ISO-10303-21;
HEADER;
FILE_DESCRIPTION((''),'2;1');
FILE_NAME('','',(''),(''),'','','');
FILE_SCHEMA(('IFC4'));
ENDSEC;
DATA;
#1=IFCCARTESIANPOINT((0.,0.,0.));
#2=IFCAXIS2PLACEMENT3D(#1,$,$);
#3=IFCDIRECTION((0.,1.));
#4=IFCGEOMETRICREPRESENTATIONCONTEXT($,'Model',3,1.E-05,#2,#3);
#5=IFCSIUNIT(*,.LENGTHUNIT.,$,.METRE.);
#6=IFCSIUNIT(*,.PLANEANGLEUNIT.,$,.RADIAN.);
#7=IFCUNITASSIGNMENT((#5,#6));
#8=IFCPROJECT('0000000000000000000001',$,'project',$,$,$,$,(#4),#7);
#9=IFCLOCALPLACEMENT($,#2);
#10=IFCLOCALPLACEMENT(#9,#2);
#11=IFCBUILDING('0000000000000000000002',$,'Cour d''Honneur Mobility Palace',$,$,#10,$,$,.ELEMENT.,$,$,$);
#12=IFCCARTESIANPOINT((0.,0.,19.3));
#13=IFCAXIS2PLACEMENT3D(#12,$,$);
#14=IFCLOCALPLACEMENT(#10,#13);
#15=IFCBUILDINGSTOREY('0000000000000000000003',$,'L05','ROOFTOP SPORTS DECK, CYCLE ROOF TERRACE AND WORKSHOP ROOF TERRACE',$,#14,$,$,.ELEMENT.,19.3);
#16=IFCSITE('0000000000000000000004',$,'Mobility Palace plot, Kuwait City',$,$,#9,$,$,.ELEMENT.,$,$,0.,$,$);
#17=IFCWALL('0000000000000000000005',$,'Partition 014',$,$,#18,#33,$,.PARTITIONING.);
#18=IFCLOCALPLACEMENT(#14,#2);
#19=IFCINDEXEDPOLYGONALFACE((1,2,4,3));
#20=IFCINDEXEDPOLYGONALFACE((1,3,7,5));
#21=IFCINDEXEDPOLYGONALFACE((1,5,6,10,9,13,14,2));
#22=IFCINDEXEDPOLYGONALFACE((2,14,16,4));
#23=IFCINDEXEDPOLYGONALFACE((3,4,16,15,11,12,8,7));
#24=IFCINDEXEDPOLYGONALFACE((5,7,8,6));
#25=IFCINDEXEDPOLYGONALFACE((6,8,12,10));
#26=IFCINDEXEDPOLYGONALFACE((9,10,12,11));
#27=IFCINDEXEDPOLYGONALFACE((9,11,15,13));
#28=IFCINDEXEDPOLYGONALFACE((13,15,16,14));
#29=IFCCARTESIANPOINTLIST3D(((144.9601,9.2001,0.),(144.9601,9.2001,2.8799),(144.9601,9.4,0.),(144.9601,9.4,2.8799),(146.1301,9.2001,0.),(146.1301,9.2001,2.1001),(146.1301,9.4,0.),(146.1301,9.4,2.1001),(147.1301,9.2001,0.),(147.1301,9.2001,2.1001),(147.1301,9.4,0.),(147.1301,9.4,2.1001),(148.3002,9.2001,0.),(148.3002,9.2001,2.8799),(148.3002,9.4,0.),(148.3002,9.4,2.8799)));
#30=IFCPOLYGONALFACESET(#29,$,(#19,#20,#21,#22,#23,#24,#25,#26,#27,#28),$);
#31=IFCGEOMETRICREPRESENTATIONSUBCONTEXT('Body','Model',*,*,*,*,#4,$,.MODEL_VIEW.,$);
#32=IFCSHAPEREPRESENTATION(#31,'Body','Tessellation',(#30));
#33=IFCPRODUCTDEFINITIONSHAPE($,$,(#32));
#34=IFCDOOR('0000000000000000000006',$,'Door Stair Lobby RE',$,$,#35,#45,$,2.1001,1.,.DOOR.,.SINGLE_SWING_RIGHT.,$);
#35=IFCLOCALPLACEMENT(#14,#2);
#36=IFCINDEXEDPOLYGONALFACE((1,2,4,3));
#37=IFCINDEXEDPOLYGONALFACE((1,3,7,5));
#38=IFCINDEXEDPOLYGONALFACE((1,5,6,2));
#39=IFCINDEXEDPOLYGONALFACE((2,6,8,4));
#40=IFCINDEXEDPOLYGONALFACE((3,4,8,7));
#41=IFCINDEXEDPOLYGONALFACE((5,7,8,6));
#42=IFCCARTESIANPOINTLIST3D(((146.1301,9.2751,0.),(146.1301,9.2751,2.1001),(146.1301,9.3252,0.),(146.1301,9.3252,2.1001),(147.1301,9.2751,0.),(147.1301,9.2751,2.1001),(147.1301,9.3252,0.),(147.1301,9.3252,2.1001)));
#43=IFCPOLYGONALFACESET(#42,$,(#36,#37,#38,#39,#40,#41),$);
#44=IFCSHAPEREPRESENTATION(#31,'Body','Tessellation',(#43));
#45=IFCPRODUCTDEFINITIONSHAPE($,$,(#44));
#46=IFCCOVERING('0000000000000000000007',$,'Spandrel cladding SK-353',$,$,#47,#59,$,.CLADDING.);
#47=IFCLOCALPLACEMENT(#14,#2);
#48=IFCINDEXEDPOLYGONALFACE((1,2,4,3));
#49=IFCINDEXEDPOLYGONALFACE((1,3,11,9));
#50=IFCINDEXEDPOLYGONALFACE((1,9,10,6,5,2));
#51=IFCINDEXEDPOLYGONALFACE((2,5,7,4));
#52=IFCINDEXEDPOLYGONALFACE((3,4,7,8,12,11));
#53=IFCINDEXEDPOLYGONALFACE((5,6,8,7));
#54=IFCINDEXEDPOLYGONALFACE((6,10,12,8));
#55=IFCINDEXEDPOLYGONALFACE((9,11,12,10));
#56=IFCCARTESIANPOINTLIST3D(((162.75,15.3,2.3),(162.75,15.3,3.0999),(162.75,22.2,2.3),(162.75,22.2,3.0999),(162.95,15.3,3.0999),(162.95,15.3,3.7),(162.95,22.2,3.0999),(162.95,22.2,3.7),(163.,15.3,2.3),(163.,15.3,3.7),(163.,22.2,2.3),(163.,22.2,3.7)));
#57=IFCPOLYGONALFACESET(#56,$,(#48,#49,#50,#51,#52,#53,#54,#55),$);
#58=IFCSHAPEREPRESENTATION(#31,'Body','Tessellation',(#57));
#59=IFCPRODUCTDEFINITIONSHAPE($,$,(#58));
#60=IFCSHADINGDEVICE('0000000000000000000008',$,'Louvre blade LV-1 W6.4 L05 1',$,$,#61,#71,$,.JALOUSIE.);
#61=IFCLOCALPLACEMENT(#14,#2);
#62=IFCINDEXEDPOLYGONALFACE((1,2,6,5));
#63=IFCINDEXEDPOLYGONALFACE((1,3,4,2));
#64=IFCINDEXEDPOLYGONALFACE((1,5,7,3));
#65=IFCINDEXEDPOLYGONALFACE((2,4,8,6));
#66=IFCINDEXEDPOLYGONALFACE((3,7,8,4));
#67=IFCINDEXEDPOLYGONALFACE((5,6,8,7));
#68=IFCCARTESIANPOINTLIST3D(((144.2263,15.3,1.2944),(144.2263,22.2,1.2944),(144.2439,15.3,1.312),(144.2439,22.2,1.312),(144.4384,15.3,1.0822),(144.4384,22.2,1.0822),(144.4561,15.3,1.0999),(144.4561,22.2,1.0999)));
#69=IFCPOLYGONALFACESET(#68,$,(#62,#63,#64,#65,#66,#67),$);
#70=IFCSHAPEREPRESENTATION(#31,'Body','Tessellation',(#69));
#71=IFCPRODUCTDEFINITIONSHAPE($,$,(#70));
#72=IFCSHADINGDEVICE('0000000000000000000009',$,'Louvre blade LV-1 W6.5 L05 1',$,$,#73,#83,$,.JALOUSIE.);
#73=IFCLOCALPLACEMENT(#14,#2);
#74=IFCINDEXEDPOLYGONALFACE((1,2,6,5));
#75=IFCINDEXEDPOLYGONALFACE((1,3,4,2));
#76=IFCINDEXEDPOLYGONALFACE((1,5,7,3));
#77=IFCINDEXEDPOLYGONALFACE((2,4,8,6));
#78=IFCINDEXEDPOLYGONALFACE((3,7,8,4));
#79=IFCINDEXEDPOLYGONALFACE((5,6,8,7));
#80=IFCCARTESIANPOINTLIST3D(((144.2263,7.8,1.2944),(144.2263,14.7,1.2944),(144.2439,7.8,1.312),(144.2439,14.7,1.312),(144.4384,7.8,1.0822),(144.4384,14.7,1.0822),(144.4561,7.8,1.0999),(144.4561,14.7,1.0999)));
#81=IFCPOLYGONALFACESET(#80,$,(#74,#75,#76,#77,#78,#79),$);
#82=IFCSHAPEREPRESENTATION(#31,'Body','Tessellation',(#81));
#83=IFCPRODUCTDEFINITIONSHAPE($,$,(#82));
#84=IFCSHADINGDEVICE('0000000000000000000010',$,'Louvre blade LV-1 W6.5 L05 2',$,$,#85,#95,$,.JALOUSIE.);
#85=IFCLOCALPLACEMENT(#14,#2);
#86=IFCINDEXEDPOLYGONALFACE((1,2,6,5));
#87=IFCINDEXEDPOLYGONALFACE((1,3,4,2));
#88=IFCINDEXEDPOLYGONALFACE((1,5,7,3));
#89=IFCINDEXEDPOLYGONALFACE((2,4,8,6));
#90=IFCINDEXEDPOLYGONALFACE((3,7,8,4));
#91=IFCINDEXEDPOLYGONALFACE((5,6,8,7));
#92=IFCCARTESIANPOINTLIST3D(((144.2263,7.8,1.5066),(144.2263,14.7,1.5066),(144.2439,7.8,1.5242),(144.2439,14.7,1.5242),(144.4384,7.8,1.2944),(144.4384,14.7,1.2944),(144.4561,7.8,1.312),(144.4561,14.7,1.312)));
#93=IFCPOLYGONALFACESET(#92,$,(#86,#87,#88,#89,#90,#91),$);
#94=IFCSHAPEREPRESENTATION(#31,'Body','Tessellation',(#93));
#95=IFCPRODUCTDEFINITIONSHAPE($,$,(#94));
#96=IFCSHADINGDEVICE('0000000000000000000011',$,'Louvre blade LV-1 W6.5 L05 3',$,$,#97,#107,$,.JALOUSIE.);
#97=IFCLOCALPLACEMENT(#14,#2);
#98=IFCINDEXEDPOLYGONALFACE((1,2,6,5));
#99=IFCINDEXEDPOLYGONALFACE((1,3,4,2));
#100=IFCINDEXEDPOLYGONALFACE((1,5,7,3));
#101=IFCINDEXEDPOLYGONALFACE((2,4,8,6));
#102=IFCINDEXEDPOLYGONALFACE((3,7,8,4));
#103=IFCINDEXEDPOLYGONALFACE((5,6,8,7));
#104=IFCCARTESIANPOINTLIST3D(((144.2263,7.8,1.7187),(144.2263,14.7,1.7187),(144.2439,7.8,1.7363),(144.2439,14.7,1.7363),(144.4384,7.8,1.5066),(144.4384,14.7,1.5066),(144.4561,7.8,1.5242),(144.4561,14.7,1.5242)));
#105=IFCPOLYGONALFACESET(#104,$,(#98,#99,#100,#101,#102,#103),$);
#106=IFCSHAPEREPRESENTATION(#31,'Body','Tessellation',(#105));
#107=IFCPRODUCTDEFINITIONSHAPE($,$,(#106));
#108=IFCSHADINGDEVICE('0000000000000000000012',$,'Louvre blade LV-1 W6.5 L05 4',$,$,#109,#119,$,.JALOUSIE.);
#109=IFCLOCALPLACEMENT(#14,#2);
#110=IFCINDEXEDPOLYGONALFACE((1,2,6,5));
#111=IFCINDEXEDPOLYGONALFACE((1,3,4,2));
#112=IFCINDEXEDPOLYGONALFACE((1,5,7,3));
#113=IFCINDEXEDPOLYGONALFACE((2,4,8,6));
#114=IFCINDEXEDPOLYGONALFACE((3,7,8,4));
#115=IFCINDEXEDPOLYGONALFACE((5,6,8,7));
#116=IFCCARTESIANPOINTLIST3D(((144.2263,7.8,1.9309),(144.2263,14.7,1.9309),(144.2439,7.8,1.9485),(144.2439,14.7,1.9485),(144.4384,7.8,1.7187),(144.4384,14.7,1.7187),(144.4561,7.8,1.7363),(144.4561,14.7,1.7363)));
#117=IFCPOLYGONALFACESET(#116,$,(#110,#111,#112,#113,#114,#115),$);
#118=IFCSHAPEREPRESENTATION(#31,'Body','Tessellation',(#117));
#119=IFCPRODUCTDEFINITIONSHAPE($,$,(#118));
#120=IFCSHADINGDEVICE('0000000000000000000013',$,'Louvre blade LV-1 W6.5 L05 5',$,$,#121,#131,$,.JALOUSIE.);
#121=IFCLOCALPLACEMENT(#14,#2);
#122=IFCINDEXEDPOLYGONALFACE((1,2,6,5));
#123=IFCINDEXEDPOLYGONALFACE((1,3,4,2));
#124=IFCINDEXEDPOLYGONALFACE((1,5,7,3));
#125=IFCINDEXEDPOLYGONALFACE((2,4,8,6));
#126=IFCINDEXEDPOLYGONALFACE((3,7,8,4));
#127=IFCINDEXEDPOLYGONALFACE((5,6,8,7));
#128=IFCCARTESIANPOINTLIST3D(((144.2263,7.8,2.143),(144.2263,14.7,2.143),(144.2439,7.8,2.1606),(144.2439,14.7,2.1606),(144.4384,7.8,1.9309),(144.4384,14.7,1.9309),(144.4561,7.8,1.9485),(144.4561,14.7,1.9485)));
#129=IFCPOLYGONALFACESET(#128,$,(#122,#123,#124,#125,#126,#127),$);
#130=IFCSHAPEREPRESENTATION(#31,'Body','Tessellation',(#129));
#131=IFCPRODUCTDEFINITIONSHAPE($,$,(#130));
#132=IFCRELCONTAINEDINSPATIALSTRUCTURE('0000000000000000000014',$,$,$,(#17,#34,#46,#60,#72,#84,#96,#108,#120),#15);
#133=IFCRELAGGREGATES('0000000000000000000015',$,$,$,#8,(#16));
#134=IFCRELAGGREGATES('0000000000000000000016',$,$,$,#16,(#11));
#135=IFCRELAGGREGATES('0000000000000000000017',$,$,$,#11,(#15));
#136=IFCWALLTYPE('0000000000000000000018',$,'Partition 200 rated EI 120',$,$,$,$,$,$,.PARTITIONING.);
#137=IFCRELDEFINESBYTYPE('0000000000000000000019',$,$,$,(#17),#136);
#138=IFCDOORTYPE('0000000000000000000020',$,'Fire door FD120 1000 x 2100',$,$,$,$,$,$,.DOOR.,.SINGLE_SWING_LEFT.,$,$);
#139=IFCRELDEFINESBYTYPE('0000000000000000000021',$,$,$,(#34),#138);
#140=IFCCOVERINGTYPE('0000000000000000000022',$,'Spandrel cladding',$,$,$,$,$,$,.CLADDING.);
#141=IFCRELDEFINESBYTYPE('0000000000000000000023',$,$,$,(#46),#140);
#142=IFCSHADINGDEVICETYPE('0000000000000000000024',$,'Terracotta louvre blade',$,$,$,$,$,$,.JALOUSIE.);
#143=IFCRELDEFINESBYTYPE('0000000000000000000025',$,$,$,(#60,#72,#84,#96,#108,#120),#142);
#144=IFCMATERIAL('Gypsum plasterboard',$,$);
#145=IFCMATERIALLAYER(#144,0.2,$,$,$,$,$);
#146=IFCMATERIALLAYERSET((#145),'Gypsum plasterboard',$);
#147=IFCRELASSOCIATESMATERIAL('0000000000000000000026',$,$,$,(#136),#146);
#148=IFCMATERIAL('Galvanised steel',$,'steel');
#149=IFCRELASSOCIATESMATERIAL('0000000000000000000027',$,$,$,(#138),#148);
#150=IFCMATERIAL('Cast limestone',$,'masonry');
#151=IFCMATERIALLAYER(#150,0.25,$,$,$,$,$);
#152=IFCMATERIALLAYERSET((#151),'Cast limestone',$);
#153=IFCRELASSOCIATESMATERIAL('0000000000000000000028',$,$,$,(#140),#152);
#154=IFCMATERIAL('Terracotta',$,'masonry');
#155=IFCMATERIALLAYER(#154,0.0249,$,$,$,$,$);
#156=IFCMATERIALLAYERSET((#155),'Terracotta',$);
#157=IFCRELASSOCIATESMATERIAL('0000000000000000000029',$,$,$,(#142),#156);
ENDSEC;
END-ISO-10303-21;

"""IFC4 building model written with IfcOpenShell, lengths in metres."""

from ifc_helpers import new_model, si_unit, direction, frame, frame_2d, origin, place, context, subcontext, project, spatial, polyline, rectangle, outline, extrude, material, layer, layer_set, type_object, element, fill, save


model = new_model("IFC4")

# Units and contexts
model_context = context("Model", 3, precision=1e-05, world=origin(), true_north=direction((0.0, 1.0)))
body_context = subcontext(model_context, "Body", "Model", "MODEL_VIEW")
ifc_project = project(units=[si_unit("LENGTHUNIT", "METRE"), si_unit("PLANEANGLEUNIT", "RADIAN")], contexts=[model_context])

# Site, building, storey
site_placement = place(None, origin())
site = spatial("IfcSite", under=ifc_project, at=site_placement, Name="Mobility Palace plot, Kuwait City", CompositionType="ELEMENT", RefElevation=0.0)
building_placement = place(site_placement, origin())
building = spatial("IfcBuilding", under=site, at=building_placement, Name="Cour d'Honneur Mobility Palace", CompositionType="ELEMENT")
storey_placement = place(building_placement, frame((0.0, 0.0, 19.3)))
storey = spatial("IfcBuildingStorey", under=building, at=storey_placement, Name="L05", Description="ROOFTOP SPORTS DECK, CYCLE ROOF TERRACE AND WORKSHOP ROOF TERRACE", CompositionType="ELEMENT", Elevation=19.3)

# Shared definitions
ifc_material_1 = material(Name="Gypsum plasterboard")
ifc_layer_1 = layer(ifc_material_1, 0.2)
ifc_layer_set_1 = layer_set([ifc_layer_1], Name="Gypsum plasterboard")
wall_type = type_object("IfcWallType", Name="Partition 200 rated EI 120", PredefinedType="PARTITIONING", material=ifc_layer_set_1)
ifc_material_2 = material(Name="Galvanised steel", Category="steel")
door_type = type_object("IfcDoorType", Name="Fire door FD120 1000 x 2100", OperationType="SINGLE_SWING_LEFT", PredefinedType="DOOR", material=ifc_material_2)

# Wall, opening, door
wall_1_placement = place(storey_placement, frame((148.3, 9.3, 0.0), z_axis=(0.0, 0.0, 1.0), x_axis=(-1.0, 0.0, 0.0)))
wall_1 = element("IfcWall", 1, at=wall_1_placement, inside=storey, type_object=wall_type, Name="Partition 014", PredefinedType="PARTITIONING", context=body_context, shape_type="SweptSolid", body=[
    extrude(rectangle(XDim=3.3401, YDim=0.2, at=frame_2d((1.6699, 0.0))), origin(), (0.0, 0.0, 1.0), 2.8799),
])
opening_1_placement = place(wall_1_placement, frame((1.1699, 0.0, 0.0)))
opening_1 = element("IfcOpeningElement", 2, at=opening_1_placement, cuts=wall_1, PredefinedType="OPENING", context=body_context, shape_type="SweptSolid", body=[
    extrude(rectangle(XDim=1.0, YDim=2.1001, at=frame_2d((0.5, 1.05))), frame((0.0, 0.1099, 0.0), z_axis=(0.0, -1.0, 0.0), x_axis=(1.0, 0.0, 0.0)), (0.0, 0.0, 1.0), 0.22),
])
door_1_placement = place(opening_1_placement, origin())
door_1 = element("IfcDoor", 3, at=door_1_placement, inside=storey, type_object=door_type, Name="Door Stair Lobby RE", OperationType="SINGLE_SWING_RIGHT", OverallHeight=2.1001, OverallWidth=1.0, PredefinedType="DOOR", context=body_context, shape_type="SweptSolid", body=[
    extrude(rectangle(XDim=1.0, YDim=2.1001, at=frame_2d((0.5, 1.05))), frame((0.0, 0.0249, 0.0), z_axis=(0.0, -1.0, 0.0), x_axis=(1.0, 0.0, 0.0)), (0.0, 0.0, 1.0), 0.05),
])
fill(opening_1, door_1)

# Covering
ifc_material_3 = material(Name="Cast limestone", Category="masonry")
ifc_layer_2 = layer(ifc_material_3, 0.25)
ifc_layer_set_2 = layer_set([ifc_layer_2], Name="Cast limestone")
covering_type = type_object("IfcCoveringType", Name="Spandrel cladding", PredefinedType="CLADDING", material=ifc_layer_set_2)
covering_placement = place(storey_placement, frame((162.75, 15.3, 2.3), z_axis=(0.0, -1.0, 0.0), x_axis=(1.0, 0.0, 0.0)))
element("IfcCovering", 4, at=covering_placement, inside=storey, type_object=covering_type, Name="Spandrel cladding SK-353", PredefinedType="CLADDING", context=body_context, shape_type="SweptSolid", body=[
    extrude(outline(polyline([(0.0, 0.0), (0.25, 0.0), (0.25, 1.3999), (0.2, 1.3999), (0.2, 0.7998), (0.0, 0.7998), (0.0, 0.0)])), origin(), (0.0, 0.0, -1.0), 6.8999),
])

# Shading devices
ifc_material_4 = material(Name="Terracotta", Category="masonry")
ifc_layer_3 = layer(ifc_material_4, 0.0249)
ifc_layer_set_3 = layer_set([ifc_layer_3], Name="Terracotta")
shading_device_type = type_object("IfcShadingDeviceType", Name="Terracotta louvre blade", PredefinedType="JALOUSIE", material=ifc_layer_set_3)
for number, where, z_axis, x_axis, name in (
    (5, (144.4561, 22.2, 1.0999), (0.707107, 0.0, 0.707107), (0.0, -1.0, 0.0), "Louvre blade LV-1 W6.4 L05 1"),
    (6, (144.4561, 14.7, 1.0999), (0.707107, 0.0, 0.707107), (0.0, -1.0, 0.0), "Louvre blade LV-1 W6.5 L05 1"),
    (7, (144.4561, 14.7, 1.312), (0.707107, 0.0, 0.707107), (0.0, -1.0, 0.0), "Louvre blade LV-1 W6.5 L05 2"),
    (8, (144.4561, 14.7, 1.5242), (0.707107, 0.0, 0.707107), (0.0, -1.0, 0.0), "Louvre blade LV-1 W6.5 L05 3"),
    (9, (144.4561, 14.7, 1.7363), (0.707107, 0.0, 0.707107), (0.0, -1.0, 0.0), "Louvre blade LV-1 W6.5 L05 4"),
    (10, (144.4561, 14.7, 1.9485), (0.707107, 0.0, 0.707107), (0.0, -1.0, 0.0), "Louvre blade LV-1 W6.5 L05 5"),
):
    element("IfcShadingDevice", number, at=place(storey_placement, frame(where, z_axis=z_axis, x_axis=x_axis)), inside=storey, type_object=shading_device_type, Name=name, PredefinedType="JALOUSIE", context=body_context, shape_type="SweptSolid", body=[
        extrude(outline(polyline([(0.0, 0.0), (6.8999, 0.0), (6.8999, -0.3), (0.0, -0.3), (0.0, 0.0)])), origin(), (0.0, 0.0, -1.0), 0.0249),
    ])

save(model, "model.ifc")
